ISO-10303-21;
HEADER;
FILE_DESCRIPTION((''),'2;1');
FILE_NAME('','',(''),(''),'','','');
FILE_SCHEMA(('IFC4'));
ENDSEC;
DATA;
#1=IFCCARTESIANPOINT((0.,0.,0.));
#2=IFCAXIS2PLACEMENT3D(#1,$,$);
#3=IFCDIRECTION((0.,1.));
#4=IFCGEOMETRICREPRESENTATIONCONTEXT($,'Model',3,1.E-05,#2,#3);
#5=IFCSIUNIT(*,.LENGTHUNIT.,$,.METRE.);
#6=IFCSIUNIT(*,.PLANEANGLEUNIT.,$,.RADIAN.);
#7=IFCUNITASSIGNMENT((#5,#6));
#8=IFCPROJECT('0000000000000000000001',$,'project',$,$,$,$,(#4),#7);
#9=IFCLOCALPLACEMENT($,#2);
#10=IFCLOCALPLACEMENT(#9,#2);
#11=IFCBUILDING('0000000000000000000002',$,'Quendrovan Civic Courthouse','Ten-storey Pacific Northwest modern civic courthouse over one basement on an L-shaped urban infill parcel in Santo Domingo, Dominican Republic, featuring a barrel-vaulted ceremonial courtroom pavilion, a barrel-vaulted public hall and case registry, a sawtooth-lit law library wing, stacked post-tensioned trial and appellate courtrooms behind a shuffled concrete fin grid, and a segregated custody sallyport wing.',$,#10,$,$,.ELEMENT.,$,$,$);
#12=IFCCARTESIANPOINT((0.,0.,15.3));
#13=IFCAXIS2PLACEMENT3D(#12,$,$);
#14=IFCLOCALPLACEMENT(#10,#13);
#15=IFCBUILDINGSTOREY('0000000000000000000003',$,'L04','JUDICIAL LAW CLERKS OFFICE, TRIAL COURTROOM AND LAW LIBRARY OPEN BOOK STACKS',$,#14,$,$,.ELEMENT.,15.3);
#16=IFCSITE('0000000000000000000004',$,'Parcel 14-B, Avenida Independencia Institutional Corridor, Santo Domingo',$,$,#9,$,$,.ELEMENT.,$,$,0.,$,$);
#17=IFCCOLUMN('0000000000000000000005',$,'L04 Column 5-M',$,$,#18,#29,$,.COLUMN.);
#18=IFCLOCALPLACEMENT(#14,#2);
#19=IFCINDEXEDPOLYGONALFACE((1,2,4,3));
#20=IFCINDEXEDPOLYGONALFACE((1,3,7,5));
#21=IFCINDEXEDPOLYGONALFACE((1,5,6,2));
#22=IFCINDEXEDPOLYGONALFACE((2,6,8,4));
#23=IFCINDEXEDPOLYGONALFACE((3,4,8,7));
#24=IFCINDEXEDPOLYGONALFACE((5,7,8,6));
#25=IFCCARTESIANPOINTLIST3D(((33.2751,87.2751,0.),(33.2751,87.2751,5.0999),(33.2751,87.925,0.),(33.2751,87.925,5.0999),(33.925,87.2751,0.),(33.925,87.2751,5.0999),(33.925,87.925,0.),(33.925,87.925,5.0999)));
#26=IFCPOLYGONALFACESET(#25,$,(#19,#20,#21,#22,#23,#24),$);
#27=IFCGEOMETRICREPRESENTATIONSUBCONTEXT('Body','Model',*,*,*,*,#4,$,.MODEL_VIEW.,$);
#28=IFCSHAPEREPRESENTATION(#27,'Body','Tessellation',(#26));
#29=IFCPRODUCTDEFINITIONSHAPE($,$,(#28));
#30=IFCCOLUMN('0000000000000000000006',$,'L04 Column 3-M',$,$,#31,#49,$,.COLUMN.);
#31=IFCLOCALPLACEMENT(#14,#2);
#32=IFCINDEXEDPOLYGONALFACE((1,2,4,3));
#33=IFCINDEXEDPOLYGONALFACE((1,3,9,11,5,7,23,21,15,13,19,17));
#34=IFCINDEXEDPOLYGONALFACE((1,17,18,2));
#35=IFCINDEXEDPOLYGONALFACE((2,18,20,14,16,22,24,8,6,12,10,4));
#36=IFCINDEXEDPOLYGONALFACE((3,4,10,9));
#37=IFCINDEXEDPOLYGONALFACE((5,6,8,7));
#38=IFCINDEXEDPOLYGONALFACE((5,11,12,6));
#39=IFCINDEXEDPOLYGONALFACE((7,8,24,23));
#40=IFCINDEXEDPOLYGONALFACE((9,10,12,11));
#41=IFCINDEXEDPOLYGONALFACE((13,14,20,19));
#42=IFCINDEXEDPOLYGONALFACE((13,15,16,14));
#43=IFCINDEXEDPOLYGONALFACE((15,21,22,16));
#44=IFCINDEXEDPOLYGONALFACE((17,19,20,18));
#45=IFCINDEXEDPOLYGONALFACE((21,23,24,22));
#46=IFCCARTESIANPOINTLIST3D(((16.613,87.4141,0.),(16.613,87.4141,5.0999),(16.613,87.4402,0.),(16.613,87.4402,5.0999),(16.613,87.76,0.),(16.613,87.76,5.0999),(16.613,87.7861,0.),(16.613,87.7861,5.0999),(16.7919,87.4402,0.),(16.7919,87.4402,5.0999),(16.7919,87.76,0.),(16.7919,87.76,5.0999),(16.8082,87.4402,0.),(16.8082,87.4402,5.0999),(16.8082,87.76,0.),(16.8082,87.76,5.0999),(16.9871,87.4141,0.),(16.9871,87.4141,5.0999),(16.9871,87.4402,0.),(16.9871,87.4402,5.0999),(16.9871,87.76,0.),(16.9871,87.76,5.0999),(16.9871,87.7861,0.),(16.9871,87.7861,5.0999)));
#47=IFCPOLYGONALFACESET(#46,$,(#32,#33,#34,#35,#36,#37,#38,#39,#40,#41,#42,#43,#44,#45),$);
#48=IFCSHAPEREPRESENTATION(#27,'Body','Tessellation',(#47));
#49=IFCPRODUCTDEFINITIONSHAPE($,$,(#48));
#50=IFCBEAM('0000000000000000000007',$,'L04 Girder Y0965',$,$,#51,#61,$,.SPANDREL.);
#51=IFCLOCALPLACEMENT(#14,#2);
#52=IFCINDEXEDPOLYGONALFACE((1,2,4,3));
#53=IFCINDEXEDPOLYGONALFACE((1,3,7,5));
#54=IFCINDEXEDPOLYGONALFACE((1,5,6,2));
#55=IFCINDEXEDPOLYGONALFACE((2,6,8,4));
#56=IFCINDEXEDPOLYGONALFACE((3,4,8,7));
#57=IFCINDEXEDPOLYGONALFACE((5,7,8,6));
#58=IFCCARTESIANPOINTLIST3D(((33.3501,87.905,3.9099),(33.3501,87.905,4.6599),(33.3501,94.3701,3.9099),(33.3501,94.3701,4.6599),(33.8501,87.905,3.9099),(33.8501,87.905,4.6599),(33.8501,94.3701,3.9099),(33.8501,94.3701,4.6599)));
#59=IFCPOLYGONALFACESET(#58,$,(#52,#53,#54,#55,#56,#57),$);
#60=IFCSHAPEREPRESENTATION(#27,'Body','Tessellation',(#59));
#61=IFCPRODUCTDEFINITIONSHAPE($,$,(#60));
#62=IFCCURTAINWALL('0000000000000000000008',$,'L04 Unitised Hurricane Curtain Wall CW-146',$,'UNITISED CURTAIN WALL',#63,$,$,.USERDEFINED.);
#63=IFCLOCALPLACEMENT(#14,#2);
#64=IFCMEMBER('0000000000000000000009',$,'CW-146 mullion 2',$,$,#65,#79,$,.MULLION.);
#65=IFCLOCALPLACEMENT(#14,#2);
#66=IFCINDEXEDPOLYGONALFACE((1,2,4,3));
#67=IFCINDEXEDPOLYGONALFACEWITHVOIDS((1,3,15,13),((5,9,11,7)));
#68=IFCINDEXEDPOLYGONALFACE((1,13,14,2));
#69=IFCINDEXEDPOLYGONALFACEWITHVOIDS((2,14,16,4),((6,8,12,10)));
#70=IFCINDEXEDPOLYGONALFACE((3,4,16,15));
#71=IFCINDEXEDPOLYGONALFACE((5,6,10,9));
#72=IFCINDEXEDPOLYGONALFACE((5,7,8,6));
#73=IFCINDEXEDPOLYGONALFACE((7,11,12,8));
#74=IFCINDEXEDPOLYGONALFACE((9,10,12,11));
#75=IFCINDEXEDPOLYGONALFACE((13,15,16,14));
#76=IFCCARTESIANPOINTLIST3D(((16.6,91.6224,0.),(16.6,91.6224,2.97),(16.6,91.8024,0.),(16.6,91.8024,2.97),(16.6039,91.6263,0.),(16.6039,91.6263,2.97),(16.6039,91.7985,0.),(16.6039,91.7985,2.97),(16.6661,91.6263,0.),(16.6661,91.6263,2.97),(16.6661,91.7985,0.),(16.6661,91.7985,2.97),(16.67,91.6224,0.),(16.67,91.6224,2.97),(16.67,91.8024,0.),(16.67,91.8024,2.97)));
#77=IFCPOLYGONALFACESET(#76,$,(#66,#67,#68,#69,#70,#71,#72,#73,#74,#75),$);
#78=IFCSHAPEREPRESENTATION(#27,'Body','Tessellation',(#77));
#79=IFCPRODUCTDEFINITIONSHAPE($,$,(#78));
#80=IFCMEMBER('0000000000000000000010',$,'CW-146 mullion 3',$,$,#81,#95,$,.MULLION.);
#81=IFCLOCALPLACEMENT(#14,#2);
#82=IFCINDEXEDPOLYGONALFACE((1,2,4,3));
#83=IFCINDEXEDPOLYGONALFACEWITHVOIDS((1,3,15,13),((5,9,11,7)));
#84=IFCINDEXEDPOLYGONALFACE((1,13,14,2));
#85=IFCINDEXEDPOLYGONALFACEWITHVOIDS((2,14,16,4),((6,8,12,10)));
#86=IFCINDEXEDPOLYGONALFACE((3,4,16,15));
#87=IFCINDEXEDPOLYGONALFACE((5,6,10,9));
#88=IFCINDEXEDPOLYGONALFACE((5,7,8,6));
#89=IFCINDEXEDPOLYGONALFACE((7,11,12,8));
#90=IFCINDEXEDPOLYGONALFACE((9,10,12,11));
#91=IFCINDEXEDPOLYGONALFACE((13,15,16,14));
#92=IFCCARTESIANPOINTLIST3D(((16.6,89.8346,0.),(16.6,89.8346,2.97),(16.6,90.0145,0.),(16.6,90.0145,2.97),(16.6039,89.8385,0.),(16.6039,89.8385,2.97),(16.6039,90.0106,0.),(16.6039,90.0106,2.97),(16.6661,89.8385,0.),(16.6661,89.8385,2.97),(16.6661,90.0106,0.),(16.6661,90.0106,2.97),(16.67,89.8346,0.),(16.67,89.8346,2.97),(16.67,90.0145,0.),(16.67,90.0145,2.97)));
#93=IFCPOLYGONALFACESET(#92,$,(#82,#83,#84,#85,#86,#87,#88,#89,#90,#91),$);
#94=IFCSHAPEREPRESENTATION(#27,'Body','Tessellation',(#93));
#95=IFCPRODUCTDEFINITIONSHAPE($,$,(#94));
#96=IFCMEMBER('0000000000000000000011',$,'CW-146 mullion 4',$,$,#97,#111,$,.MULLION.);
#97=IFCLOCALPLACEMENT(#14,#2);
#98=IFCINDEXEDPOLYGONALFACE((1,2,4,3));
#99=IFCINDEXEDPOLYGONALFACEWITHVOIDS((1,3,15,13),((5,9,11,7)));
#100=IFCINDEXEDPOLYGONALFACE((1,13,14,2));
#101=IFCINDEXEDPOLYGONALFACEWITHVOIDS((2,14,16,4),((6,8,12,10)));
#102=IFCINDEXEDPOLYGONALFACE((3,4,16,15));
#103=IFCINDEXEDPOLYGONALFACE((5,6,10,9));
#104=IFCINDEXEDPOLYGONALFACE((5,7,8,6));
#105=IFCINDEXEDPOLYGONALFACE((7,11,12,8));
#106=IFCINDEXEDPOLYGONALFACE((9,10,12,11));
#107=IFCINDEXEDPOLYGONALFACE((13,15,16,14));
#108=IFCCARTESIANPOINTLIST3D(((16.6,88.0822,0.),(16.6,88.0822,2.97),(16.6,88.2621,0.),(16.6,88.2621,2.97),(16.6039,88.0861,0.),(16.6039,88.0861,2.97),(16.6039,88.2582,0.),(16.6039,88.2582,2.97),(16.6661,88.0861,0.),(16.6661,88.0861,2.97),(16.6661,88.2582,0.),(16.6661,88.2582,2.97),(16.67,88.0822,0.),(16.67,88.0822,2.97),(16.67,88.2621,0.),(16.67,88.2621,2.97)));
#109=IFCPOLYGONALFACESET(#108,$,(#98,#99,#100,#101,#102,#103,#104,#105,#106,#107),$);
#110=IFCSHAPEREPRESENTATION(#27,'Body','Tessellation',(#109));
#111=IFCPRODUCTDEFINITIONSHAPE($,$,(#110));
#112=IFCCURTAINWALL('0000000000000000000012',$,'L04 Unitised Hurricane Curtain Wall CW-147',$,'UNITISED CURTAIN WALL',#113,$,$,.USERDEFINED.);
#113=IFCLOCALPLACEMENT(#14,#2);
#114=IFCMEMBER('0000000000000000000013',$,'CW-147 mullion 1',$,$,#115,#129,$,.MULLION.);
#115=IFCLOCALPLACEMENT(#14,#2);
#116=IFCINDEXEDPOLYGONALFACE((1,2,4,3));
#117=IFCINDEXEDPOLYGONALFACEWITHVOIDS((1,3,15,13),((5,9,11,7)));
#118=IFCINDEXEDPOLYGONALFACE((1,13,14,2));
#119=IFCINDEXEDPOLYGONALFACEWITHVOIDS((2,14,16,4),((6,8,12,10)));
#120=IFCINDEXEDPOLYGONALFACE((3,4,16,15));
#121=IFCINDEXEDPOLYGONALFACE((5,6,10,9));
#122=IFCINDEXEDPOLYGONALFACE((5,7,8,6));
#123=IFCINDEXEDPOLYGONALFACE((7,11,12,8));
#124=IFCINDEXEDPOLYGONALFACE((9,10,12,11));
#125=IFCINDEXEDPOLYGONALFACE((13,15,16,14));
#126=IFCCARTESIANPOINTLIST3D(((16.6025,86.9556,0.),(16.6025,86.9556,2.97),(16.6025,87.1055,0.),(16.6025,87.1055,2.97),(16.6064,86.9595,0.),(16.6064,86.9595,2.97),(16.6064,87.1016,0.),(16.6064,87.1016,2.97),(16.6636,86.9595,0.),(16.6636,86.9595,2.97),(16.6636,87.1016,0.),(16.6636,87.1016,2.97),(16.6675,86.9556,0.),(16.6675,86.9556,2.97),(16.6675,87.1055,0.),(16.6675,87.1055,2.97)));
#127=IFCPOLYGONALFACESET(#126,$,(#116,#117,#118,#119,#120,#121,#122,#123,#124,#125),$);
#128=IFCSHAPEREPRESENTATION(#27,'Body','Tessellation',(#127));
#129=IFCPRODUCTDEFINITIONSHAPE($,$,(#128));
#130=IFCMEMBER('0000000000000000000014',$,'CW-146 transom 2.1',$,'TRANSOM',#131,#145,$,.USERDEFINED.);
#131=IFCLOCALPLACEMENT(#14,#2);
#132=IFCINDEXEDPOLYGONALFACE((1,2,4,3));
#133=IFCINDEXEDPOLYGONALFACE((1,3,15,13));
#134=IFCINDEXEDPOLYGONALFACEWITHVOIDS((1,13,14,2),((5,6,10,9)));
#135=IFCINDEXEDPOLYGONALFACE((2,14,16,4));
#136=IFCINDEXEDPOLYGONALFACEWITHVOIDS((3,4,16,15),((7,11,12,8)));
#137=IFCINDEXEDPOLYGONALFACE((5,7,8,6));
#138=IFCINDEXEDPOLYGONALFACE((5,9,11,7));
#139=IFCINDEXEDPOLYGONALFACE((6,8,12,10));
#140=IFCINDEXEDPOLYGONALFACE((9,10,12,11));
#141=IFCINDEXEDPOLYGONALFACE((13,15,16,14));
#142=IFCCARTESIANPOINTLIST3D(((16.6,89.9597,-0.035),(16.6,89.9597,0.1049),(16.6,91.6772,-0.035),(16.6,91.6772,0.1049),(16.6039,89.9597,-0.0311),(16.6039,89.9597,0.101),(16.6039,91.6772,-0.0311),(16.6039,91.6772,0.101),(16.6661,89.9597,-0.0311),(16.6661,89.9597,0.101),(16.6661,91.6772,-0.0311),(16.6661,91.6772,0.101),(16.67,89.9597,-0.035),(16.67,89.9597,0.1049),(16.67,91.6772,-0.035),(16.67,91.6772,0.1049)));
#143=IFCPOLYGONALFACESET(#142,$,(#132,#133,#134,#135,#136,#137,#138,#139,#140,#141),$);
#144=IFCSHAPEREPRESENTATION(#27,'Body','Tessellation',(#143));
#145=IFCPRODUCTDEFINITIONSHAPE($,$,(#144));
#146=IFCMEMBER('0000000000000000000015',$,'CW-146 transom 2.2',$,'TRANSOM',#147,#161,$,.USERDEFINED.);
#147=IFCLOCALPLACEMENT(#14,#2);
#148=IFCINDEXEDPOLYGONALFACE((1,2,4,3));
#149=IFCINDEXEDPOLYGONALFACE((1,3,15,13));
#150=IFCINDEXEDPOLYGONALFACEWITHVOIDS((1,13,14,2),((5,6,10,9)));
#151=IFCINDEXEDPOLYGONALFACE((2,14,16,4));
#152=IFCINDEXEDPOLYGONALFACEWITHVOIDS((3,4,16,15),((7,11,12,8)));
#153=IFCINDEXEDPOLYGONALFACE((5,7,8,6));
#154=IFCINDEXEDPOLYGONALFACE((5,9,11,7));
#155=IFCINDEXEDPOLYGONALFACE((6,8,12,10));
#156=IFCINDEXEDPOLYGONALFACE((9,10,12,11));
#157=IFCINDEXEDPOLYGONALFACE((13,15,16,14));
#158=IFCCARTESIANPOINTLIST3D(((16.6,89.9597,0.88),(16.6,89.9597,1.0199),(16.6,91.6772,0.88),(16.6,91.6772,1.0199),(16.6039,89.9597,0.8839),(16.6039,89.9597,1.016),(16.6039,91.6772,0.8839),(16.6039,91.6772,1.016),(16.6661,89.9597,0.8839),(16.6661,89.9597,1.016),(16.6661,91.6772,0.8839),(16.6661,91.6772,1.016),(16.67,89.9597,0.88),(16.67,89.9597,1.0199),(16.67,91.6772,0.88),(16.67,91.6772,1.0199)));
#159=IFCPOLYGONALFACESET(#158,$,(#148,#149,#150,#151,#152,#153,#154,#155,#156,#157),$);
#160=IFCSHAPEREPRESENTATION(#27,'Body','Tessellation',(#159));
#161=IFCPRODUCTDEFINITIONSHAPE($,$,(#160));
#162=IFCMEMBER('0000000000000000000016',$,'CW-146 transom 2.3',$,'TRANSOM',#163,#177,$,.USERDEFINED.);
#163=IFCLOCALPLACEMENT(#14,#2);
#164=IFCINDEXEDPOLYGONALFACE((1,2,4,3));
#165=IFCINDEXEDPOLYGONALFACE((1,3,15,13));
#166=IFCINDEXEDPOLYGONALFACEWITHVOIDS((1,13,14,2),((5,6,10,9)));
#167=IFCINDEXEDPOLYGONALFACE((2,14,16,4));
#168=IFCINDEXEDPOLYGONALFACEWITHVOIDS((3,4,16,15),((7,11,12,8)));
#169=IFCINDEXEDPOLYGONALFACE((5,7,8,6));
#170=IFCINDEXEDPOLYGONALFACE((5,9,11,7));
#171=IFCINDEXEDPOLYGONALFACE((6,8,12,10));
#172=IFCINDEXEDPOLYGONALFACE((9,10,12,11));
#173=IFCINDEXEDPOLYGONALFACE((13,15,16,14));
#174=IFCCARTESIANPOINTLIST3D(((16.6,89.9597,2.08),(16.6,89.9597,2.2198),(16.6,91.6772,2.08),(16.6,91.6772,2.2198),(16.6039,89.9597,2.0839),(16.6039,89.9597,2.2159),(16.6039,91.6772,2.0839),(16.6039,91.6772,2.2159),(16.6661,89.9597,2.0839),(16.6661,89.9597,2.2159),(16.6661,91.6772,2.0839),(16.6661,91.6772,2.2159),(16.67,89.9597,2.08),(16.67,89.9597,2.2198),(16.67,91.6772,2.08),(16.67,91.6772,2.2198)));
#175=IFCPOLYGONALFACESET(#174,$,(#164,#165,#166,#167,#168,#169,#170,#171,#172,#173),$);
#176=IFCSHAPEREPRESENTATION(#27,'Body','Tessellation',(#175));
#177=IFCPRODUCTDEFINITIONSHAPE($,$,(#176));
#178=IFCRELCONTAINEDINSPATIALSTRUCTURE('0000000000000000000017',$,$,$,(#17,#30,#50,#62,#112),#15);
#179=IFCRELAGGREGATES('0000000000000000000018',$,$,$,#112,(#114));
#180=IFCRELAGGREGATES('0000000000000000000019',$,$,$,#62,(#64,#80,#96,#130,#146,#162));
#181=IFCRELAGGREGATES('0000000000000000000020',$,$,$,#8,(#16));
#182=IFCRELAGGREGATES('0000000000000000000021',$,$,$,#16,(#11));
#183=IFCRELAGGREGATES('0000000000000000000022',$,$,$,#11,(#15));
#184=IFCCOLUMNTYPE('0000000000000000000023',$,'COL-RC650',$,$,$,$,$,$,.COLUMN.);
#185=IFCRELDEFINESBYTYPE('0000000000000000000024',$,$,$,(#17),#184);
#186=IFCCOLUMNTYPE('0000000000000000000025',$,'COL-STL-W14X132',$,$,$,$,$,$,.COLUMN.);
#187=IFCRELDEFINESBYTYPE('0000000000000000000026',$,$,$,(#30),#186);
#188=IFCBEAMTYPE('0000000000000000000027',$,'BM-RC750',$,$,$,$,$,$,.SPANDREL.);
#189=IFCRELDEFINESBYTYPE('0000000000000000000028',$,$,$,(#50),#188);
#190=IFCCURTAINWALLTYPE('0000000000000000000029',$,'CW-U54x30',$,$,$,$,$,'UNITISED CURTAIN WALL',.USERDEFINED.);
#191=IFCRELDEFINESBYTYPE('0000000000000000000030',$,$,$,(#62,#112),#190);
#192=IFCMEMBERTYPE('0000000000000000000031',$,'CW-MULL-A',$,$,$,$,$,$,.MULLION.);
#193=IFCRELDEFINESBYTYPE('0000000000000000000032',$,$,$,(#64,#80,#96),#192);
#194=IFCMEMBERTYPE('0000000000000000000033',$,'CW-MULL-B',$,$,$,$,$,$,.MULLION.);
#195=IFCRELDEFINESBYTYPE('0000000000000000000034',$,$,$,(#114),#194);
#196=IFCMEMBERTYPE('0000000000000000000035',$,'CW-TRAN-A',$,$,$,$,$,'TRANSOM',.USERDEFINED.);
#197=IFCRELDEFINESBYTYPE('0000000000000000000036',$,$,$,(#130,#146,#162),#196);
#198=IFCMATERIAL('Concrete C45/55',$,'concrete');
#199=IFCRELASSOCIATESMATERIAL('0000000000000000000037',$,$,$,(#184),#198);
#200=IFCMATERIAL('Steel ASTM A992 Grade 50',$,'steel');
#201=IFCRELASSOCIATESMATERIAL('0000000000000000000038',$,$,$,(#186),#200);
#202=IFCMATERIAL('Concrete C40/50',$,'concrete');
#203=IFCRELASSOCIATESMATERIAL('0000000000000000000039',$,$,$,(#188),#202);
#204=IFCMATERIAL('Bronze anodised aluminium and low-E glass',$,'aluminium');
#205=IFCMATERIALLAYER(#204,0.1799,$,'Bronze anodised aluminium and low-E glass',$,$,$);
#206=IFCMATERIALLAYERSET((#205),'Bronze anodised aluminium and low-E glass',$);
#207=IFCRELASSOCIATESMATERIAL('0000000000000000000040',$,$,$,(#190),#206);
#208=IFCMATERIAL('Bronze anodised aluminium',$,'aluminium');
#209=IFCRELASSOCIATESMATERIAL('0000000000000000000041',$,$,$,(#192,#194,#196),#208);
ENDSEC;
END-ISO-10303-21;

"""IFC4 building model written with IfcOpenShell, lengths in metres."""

from ifc_helpers import new_model, si_unit, direction, frame, origin, origin_2d, place, context, subcontext, project, spatial, rectangle, hollow_rectangle, i_section, extrude, material, layer, layer_set, material_profile, profile_set, type_object, element, aggregate, save


model = new_model("IFC4")

# Units and contexts
model_context = context("Model", 3, precision=1e-05, world=origin(), true_north=direction((0.0, 1.0)))
body_context = subcontext(model_context, "Body", "Model", "MODEL_VIEW")
ifc_project = project(units=[si_unit("LENGTHUNIT", "METRE"), si_unit("PLANEANGLEUNIT", "RADIAN")], contexts=[model_context])

# Site, building, storey
site_placement = place(None, origin())
site = spatial("IfcSite", under=ifc_project, at=site_placement, Name="Parcel 14-B, Avenida Independencia Institutional Corridor, Santo Domingo", CompositionType="ELEMENT", RefElevation=0.0)
building_placement = place(site_placement, origin())
building = spatial("IfcBuilding", under=site, at=building_placement, Name="Quendrovan Civic Courthouse", Description="Ten-storey Pacific Northwest modern civic courthouse over one basement on an L-shaped urban infill parcel in Santo Domingo, Dominican Republic, featuring a barrel-vaulted ceremonial courtroom pavilion, a barrel-vaulted public hall and case registry, a sawtooth-lit law library wing, stacked post-tensioned trial and appellate courtrooms behind a shuffled concrete fin grid, and a segregated custody sallyport wing.", CompositionType="ELEMENT")
storey_placement = place(building_placement, frame((0.0, 0.0, 15.3)))
storey = spatial("IfcBuildingStorey", under=building, at=storey_placement, Name="L04", Description="JUDICIAL LAW CLERKS OFFICE, TRIAL COURTROOM AND LAW LIBRARY OPEN BOOK STACKS", CompositionType="ELEMENT", Elevation=15.3)

# Columns
ifc_material_1 = material(Name="Concrete C45/55", Category="concrete")
ifc_material_profile_1 = material_profile(ifc_material_1, rectangle(XDim=0.6499, YDim=0.6499, at=origin_2d()), Name="RC-COL-650x650")
ifc_profile_set_1 = profile_set([ifc_material_profile_1], Name="Concrete C45/55")
column_type_1 = type_object("IfcColumnType", Name="COL-RC650", PredefinedType="COLUMN", material=ifc_profile_set_1)
column_1_placement = place(storey_placement, frame((33.6001, 87.6001, 0.0), z_axis=(0.0, 0.0, 1.0), x_axis=(1.0, 0.0, 0.0)))
element("IfcColumn", 1, at=column_1_placement, inside=storey, type_object=column_type_1, Name="L04 Column 5-M", PredefinedType="COLUMN", context=body_context, shape_type="SweptSolid", body=[
    extrude(rectangle(XDim=0.6499, YDim=0.6499, at=origin_2d()), origin(), (0.0, 0.0, 1.0), 5.0999),
])
ifc_material_2 = material(Name="Steel ASTM A992 Grade 50", Category="steel")
ifc_material_profile_2 = material_profile(ifc_material_2, i_section(OverallWidth=0.374, OverallDepth=0.3721, WebThickness=0.0164, FlangeThickness=0.0261, at=origin_2d()), Name="W14X132")
ifc_profile_set_2 = profile_set([ifc_material_profile_2], Name="Steel ASTM A992 Grade 50")
column_type_2 = type_object("IfcColumnType", Name="COL-STL-W14X132", PredefinedType="COLUMN", material=ifc_profile_set_2)
column_2_placement = place(storey_placement, frame((16.8, 87.6001, 0.0), z_axis=(0.0, 0.0, 1.0), x_axis=(1.0, 0.0, 0.0)))
element("IfcColumn", 2, at=column_2_placement, inside=storey, type_object=column_type_2, Name="L04 Column 3-M", PredefinedType="COLUMN", context=body_context, shape_type="SweptSolid", body=[
    extrude(i_section(OverallWidth=0.374, OverallDepth=0.3721, WebThickness=0.0164, FlangeThickness=0.0261, at=origin_2d()), origin(), (0.0, 0.0, 1.0), 5.0999),
])

# Beam
ifc_material_3 = material(Name="Concrete C40/50", Category="concrete")
ifc_material_profile_3 = material_profile(ifc_material_3, rectangle(XDim=0.5, YDim=0.75, at=origin_2d()), Name="RC-BM-500x750")
ifc_profile_set_3 = profile_set([ifc_material_profile_3], Name="Concrete C40/50")
beam_type = type_object("IfcBeamType", Name="BM-RC750", PredefinedType="SPANDREL", material=ifc_profile_set_3)
beam_placement = place(storey_placement, frame((33.6001, 87.905, 4.2849), z_axis=(0.0, 1.0, 0.0), x_axis=(-1.0, 0.0, 0.0)))
element("IfcBeam", 3, at=beam_placement, inside=storey, type_object=beam_type, Name="L04 Girder Y0965", PredefinedType="SPANDREL", context=body_context, shape_type="SweptSolid", body=[
    extrude(rectangle(XDim=0.5, YDim=0.75, at=origin_2d()), origin(), (0.0, 0.0, 1.0), 6.4651),
])

# Curtain wall, members
ifc_material_4 = material(Name="Bronze anodised aluminium and low-E glass", Category="aluminium")
ifc_layer_1 = layer(ifc_material_4, 0.1799, Name="Bronze anodised aluminium and low-E glass")
ifc_layer_set_1 = layer_set([ifc_layer_1], Name="Bronze anodised aluminium and low-E glass")
curtain_wall_type = type_object("IfcCurtainWallType", Name="CW-U54x30", ElementType="UNITISED CURTAIN WALL", PredefinedType="USERDEFINED", material=ifc_layer_set_1)
curtain_wall_1_placement = place(storey_placement, origin())
curtain_wall_1 = element("IfcCurtainWall", 4, at=curtain_wall_1_placement, inside=storey, type_object=curtain_wall_type, Name="L04 Unitised Hurricane Curtain Wall CW-146", ObjectType="UNITISED CURTAIN WALL", PredefinedType="USERDEFINED")
ifc_material_5 = material(Name="Bronze anodised aluminium", Category="aluminium")
ifc_material_profile_4 = material_profile(ifc_material_5, hollow_rectangle(XDim=0.0701, YDim=0.1799, WallThickness=0.0039, at=origin_2d()), Name="CW-MULL-70x180")
ifc_profile_set_4 = profile_set([ifc_material_profile_4], Name="Bronze anodised aluminium")
member_type_1 = type_object("IfcMemberType", Name="CW-MULL-A", PredefinedType="MULLION", material=ifc_profile_set_4)
member_1_placement = place(storey_placement, frame((16.635, 91.7124, 0.0), z_axis=(0.0, 0.0, 1.0), x_axis=(1.0, 0.0, 0.0)))
member_1 = element("IfcMember", 5, at=member_1_placement, type_object=member_type_1, Name="CW-146 mullion 2", PredefinedType="MULLION", context=body_context, shape_type="SweptSolid", body=[
    extrude(hollow_rectangle(XDim=0.0701, YDim=0.1799, WallThickness=0.0039, at=origin_2d()), origin(), (0.0, 0.0, 1.0), 2.97),
])
member_2_placement = place(storey_placement, frame((16.635, 89.9246, 0.0), z_axis=(0.0, 0.0, 1.0), x_axis=(1.0, 0.0, 0.0)))
member_2 = element("IfcMember", 6, at=member_2_placement, type_object=member_type_1, Name="CW-146 mullion 3", PredefinedType="MULLION", context=body_context, shape_type="SweptSolid", body=[
    extrude(hollow_rectangle(XDim=0.0701, YDim=0.1799, WallThickness=0.0039, at=origin_2d()), origin(), (0.0, 0.0, 1.0), 2.97),
])
member_3_placement = place(storey_placement, frame((16.635, 88.1721, 0.0), z_axis=(0.0, 0.0, 1.0), x_axis=(1.0, 0.0, 0.0)))
member_3 = element("IfcMember", 7, at=member_3_placement, type_object=member_type_1, Name="CW-146 mullion 4", PredefinedType="MULLION", context=body_context, shape_type="SweptSolid", body=[
    extrude(hollow_rectangle(XDim=0.0701, YDim=0.1799, WallThickness=0.0039, at=origin_2d()), origin(), (0.0, 0.0, 1.0), 2.97),
])

# Curtain wall, member
curtain_wall_2_placement = place(storey_placement, origin())
curtain_wall_2 = element("IfcCurtainWall", 8, at=curtain_wall_2_placement, inside=storey, type_object=curtain_wall_type, Name="L04 Unitised Hurricane Curtain Wall CW-147", ObjectType="UNITISED CURTAIN WALL", PredefinedType="USERDEFINED")
ifc_material_profile_5 = material_profile(ifc_material_5, hollow_rectangle(XDim=0.0649, YDim=0.1499, WallThickness=0.0039, at=origin_2d()), Name="CW-MULL-65x150")
ifc_profile_set_5 = profile_set([ifc_material_profile_5], Name="Bronze anodised aluminium")
member_type_2 = type_object("IfcMemberType", Name="CW-MULL-B", PredefinedType="MULLION", material=ifc_profile_set_5)
member_4_placement = place(storey_placement, frame((16.635, 87.0305, 0.0), z_axis=(0.0, 0.0, 1.0), x_axis=(1.0, 0.0, 0.0)))
member_4 = element("IfcMember", 9, at=member_4_placement, type_object=member_type_2, Name="CW-147 mullion 1", PredefinedType="MULLION", context=body_context, shape_type="SweptSolid", body=[
    extrude(hollow_rectangle(XDim=0.0649, YDim=0.1499, WallThickness=0.0039, at=origin_2d()), origin(), (0.0, 0.0, 1.0), 2.97),
])

# Members
ifc_material_profile_6 = material_profile(ifc_material_5, hollow_rectangle(XDim=0.0701, YDim=0.1399, WallThickness=0.0039, at=origin_2d()), Name="CW-TRAN-70x140")
ifc_profile_set_6 = profile_set([ifc_material_profile_6], Name="Bronze anodised aluminium")
member_type_3 = type_object("IfcMemberType", Name="CW-TRAN-A", ElementType="TRANSOM", PredefinedType="USERDEFINED", material=ifc_profile_set_6)
member_5_placement = place(storey_placement, frame((16.635, 91.6772, 0.0349), z_axis=(0.0, -1.0, 0.0), x_axis=(1.0, 0.0, 0.0)))
member_5 = element("IfcMember", 10, at=member_5_placement, type_object=member_type_3, Name="CW-146 transom 2.1", ObjectType="TRANSOM", PredefinedType="USERDEFINED", context=body_context, shape_type="SweptSolid", body=[
    extrude(hollow_rectangle(XDim=0.0701, YDim=0.1399, WallThickness=0.0039, at=origin_2d()), origin(), (0.0, 0.0, 1.0), 1.7175),
])
member_6_placement = place(storey_placement, frame((16.635, 91.6772, 0.95), z_axis=(0.0, -1.0, 0.0), x_axis=(1.0, 0.0, 0.0)))
member_6 = element("IfcMember", 11, at=member_6_placement, type_object=member_type_3, Name="CW-146 transom 2.2", ObjectType="TRANSOM", PredefinedType="USERDEFINED", context=body_context, shape_type="SweptSolid", body=[
    extrude(hollow_rectangle(XDim=0.0701, YDim=0.1399, WallThickness=0.0039, at=origin_2d()), origin(), (0.0, 0.0, 1.0), 1.7175),
])
member_7_placement = place(storey_placement, frame((16.635, 91.6772, 2.1499), z_axis=(0.0, -1.0, 0.0), x_axis=(1.0, 0.0, 0.0)))
member_7 = element("IfcMember", 12, at=member_7_placement, type_object=member_type_3, Name="CW-146 transom 2.3", ObjectType="TRANSOM", PredefinedType="USERDEFINED", context=body_context, shape_type="SweptSolid", body=[
    extrude(hollow_rectangle(XDim=0.0701, YDim=0.1399, WallThickness=0.0039, at=origin_2d()), origin(), (0.0, 0.0, 1.0), 1.7175),
])
aggregate(curtain_wall_2, [member_4])

aggregate(curtain_wall_1, [member_1, member_2, member_3, member_5, member_6, member_7])

save(model, "model.ifc")
